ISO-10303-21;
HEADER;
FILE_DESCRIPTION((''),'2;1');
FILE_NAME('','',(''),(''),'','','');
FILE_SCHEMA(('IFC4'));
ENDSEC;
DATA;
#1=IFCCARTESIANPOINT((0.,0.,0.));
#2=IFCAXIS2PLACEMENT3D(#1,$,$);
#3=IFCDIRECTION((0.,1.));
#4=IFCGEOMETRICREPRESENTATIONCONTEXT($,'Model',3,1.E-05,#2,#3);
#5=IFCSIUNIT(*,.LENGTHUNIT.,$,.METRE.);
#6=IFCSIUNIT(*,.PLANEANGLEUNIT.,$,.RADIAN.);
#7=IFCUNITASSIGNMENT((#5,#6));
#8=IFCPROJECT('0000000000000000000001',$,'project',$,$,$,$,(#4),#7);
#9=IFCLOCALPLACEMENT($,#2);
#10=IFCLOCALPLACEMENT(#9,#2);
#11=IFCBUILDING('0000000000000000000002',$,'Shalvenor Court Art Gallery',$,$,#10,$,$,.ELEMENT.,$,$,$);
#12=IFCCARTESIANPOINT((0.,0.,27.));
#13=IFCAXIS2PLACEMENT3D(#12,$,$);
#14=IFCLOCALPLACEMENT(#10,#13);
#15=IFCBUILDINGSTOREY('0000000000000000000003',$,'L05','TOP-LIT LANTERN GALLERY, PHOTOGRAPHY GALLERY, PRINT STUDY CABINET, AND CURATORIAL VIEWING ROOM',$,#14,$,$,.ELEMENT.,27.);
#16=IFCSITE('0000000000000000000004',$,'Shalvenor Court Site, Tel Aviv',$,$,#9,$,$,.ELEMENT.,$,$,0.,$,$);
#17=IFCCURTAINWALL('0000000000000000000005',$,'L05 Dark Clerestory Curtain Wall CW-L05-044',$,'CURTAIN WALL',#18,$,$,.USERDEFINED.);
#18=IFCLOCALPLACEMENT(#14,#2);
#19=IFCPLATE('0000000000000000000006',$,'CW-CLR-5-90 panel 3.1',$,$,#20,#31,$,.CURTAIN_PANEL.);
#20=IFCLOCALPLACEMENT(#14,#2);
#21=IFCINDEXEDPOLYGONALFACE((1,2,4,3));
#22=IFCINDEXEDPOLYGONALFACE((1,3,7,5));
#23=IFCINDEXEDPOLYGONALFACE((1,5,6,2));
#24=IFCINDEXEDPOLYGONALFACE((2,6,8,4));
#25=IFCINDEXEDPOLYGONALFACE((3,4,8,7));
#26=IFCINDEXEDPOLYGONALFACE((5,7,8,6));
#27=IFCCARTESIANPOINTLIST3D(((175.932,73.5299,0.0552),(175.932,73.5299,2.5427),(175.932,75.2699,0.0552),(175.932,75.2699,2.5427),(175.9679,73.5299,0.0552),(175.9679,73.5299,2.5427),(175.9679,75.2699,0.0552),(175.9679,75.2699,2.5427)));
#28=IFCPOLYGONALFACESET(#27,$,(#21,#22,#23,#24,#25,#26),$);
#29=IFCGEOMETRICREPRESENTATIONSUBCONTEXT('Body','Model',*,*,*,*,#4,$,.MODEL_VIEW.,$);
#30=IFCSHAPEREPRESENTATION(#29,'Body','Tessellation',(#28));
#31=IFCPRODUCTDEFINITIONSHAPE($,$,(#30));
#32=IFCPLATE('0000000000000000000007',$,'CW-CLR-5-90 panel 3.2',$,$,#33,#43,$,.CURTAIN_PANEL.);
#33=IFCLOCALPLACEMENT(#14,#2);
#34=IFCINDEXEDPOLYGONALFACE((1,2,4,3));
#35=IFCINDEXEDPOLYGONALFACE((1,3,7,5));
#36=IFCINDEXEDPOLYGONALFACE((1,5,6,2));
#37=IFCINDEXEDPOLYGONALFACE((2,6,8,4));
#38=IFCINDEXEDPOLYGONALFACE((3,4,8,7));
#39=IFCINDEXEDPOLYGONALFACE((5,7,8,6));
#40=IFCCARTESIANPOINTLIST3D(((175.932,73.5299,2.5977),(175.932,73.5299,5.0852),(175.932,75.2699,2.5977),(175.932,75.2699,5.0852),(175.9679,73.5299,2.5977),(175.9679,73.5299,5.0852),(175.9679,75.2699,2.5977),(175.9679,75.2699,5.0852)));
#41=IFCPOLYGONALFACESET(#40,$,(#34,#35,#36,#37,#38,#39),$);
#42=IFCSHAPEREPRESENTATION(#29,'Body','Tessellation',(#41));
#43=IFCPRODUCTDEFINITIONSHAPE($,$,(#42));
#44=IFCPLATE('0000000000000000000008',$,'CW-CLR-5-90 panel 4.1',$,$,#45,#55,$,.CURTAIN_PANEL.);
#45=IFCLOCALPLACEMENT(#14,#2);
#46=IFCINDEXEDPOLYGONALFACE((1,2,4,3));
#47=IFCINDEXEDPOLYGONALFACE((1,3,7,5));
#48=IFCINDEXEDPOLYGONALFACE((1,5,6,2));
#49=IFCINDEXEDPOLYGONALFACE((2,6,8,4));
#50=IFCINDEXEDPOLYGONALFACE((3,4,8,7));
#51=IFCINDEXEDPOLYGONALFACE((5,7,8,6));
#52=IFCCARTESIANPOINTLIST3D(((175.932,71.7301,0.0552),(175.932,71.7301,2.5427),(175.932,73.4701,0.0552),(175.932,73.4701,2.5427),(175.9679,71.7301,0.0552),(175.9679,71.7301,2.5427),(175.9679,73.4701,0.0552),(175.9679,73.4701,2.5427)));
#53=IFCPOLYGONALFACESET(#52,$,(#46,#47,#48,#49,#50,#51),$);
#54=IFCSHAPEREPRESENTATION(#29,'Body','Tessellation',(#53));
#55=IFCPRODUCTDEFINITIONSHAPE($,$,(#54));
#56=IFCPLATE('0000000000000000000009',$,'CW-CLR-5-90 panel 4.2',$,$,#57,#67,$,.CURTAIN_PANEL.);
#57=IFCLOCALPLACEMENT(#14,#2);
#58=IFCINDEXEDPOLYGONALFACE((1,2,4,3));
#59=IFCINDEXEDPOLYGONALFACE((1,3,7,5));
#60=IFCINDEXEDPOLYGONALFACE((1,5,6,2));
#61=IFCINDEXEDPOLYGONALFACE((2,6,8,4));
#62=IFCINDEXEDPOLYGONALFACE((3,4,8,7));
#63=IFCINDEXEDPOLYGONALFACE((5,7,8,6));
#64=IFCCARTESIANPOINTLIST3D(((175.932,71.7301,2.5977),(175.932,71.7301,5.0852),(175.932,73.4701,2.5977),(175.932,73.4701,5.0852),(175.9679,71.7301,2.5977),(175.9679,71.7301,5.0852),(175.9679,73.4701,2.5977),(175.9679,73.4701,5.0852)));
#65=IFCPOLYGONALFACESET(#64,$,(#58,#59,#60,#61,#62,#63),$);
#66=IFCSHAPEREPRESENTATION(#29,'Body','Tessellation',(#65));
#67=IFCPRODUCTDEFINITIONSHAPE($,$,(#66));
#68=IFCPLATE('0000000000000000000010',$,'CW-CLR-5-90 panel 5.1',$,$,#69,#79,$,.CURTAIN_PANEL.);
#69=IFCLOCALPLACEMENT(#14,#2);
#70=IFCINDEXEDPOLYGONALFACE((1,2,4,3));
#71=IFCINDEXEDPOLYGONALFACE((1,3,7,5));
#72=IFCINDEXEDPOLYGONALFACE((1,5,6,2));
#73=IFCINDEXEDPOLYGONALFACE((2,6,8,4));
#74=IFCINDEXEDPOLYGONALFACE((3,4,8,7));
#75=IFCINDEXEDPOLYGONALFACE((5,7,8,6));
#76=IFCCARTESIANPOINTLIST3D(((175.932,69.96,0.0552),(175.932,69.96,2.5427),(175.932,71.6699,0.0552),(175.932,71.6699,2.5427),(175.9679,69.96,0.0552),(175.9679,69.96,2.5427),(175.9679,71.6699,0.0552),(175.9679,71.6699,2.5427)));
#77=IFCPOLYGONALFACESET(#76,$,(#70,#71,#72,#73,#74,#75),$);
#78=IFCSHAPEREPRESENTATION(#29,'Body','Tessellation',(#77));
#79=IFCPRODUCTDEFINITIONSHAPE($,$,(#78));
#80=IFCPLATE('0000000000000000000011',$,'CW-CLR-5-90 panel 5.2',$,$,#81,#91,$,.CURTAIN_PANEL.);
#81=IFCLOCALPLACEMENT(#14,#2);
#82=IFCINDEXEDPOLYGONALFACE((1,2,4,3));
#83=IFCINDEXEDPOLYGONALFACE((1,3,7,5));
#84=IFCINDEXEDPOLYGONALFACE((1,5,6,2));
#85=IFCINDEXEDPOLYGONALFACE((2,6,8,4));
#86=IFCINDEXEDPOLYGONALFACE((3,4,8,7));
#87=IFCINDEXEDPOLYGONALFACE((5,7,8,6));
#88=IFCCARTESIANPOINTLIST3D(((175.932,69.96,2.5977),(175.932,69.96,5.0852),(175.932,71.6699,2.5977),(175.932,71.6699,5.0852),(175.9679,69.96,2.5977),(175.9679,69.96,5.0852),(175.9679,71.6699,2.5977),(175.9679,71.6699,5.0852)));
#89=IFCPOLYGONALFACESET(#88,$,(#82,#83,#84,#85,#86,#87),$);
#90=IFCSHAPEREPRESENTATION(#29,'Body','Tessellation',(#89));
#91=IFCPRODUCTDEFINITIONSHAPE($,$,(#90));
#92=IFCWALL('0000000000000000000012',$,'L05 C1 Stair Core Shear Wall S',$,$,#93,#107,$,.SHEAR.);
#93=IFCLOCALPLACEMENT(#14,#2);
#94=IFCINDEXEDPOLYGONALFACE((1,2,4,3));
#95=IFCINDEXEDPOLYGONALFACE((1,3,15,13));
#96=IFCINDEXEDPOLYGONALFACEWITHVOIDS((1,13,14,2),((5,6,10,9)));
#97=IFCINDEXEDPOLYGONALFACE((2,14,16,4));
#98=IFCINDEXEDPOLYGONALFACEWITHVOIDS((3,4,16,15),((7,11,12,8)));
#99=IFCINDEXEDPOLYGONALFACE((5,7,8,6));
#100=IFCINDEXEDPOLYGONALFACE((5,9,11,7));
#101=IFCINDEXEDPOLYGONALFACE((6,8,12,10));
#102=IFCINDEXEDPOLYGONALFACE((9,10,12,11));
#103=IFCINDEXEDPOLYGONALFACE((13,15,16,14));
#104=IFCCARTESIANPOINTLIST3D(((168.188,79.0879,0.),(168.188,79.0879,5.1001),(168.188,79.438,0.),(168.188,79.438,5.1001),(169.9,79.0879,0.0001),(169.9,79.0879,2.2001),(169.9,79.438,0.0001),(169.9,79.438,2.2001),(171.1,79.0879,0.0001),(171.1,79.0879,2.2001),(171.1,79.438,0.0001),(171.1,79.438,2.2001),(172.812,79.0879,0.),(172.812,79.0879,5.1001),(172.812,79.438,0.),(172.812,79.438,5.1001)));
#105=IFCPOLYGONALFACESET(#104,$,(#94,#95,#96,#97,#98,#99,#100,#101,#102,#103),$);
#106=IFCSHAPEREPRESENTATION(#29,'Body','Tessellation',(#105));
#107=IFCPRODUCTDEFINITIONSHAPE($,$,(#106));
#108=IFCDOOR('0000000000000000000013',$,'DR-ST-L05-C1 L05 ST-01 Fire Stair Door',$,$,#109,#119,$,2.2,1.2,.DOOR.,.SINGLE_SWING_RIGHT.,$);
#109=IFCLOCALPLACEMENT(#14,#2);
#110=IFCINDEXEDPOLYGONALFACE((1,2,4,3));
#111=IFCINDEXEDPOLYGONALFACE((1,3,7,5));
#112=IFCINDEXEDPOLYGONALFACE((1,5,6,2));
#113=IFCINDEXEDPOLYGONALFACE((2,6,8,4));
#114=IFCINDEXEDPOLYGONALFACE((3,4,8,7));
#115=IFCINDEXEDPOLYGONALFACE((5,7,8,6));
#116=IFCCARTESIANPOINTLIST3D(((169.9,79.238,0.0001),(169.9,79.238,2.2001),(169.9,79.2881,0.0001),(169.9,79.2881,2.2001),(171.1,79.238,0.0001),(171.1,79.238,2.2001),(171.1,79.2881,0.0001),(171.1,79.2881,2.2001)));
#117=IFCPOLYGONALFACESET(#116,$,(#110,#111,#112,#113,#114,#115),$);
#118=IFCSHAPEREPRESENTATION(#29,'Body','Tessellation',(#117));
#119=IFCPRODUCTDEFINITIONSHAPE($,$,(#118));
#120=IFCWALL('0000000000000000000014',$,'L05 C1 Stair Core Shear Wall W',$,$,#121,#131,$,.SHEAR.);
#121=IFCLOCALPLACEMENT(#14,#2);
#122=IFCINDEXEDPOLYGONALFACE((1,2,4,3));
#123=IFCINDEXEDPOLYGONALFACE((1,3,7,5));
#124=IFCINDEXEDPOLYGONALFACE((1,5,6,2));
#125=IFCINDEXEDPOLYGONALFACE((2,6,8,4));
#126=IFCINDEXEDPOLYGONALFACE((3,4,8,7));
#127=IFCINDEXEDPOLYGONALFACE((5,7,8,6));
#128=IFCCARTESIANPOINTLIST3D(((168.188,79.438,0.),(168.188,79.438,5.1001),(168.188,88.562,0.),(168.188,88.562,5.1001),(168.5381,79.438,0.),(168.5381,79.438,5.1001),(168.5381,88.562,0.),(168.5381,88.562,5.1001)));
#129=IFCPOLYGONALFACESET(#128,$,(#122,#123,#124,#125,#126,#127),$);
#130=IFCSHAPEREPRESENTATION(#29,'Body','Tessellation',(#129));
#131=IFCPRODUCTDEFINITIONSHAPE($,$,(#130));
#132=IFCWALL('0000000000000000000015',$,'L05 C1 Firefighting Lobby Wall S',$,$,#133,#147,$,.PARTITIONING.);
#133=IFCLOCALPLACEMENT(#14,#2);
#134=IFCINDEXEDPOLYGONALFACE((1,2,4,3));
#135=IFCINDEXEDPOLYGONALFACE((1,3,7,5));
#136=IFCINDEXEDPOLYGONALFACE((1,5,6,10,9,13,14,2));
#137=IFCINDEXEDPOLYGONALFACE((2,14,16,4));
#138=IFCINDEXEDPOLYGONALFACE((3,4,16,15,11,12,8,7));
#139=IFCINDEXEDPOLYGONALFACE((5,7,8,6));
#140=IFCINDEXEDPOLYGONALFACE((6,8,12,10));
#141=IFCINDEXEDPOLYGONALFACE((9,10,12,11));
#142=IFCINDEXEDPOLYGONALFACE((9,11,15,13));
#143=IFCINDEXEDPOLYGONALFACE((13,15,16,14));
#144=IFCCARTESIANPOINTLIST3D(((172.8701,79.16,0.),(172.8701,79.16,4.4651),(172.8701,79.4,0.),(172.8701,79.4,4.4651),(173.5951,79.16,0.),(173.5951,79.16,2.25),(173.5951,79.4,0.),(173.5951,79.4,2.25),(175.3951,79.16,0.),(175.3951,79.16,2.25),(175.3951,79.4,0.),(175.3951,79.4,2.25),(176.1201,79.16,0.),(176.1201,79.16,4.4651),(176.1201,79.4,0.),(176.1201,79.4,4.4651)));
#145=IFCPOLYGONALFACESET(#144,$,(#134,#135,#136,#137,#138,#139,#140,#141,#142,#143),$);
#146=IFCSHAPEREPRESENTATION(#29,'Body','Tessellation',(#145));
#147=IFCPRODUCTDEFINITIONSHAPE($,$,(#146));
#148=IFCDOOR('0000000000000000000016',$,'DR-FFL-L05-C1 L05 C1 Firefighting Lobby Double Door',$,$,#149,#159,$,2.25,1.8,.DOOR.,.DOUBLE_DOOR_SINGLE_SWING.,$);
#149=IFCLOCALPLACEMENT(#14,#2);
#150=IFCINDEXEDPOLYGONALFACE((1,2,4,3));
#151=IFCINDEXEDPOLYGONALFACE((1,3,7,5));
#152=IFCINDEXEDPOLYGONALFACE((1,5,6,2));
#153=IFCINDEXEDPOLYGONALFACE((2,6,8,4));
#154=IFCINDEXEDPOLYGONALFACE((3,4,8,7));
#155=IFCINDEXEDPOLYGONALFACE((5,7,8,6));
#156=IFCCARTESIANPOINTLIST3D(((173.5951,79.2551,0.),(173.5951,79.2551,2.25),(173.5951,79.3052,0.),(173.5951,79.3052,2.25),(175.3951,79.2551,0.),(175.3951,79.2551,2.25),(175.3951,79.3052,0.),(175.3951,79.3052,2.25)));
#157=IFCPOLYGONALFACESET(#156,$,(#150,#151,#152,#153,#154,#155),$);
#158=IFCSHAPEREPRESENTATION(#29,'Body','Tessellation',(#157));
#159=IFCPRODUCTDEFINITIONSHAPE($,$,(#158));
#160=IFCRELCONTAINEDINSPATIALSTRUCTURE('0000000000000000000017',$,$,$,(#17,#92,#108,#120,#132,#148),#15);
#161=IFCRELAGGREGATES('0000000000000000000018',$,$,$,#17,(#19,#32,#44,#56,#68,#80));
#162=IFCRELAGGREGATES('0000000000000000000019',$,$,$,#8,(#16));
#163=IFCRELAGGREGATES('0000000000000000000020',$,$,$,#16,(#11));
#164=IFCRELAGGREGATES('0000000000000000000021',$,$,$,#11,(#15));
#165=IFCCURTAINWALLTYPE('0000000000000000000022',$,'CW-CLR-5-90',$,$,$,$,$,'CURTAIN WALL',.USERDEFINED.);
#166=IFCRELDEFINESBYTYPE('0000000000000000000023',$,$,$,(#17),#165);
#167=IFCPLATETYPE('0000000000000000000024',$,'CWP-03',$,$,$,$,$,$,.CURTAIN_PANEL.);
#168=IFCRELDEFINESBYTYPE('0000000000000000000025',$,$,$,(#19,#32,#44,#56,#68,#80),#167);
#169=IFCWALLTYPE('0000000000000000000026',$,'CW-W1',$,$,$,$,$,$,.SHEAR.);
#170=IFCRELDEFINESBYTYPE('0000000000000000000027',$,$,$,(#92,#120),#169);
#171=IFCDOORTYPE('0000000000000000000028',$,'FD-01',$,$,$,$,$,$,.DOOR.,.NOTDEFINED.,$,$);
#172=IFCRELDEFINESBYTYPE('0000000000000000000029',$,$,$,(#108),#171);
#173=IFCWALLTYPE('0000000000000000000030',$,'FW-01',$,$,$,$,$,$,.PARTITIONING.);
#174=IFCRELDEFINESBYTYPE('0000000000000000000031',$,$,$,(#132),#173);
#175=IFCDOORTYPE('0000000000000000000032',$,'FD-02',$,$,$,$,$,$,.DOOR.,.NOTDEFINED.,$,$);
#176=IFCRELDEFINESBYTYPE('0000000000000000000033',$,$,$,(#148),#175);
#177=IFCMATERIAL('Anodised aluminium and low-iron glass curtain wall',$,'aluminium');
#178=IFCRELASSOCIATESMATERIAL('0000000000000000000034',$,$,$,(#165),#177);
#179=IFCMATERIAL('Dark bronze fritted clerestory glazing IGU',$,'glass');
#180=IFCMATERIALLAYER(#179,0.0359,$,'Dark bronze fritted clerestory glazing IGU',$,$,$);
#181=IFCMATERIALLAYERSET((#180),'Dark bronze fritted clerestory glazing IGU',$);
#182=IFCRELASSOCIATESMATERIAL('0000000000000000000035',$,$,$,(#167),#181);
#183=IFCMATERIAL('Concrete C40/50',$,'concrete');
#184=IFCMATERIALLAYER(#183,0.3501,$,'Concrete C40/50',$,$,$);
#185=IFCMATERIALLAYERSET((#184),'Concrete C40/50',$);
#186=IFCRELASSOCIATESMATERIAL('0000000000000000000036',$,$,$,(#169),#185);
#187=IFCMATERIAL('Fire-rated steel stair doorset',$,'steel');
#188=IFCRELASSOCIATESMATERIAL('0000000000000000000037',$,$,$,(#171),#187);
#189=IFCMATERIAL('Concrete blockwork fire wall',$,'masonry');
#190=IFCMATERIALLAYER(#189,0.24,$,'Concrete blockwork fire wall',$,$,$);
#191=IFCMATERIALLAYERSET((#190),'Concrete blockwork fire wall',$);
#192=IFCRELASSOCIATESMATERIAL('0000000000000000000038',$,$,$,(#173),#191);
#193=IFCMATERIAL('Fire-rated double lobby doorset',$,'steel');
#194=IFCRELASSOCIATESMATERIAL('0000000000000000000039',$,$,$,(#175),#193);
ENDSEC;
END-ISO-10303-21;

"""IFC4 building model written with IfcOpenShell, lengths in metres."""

from ifc_helpers import new_model, si_unit, direction, frame, frame_2d, origin, origin_2d, place, context, subcontext, project, spatial, rectangle, extrude, material, layer, layer_set, type_object, element, fill, aggregate, save


model = new_model("IFC4")

# Units and contexts
model_context = context("Model", 3, precision=1e-05, world=origin(), true_north=direction((0.0, 1.0)))
body_context = subcontext(model_context, "Body", "Model", "MODEL_VIEW")
ifc_project = project(units=[si_unit("LENGTHUNIT", "METRE"), si_unit("PLANEANGLEUNIT", "RADIAN")], contexts=[model_context])

# Site, building, storey
site_placement = place(None, origin())
site = spatial("IfcSite", under=ifc_project, at=site_placement, Name="Shalvenor Court Site, Tel Aviv", CompositionType="ELEMENT", RefElevation=0.0)
building_placement = place(site_placement, origin())
building = spatial("IfcBuilding", under=site, at=building_placement, Name="Shalvenor Court Art Gallery", CompositionType="ELEMENT")
storey_placement = place(building_placement, frame((0.0, 0.0, 27.0)))
storey = spatial("IfcBuildingStorey", under=building, at=storey_placement, Name="L05", Description="TOP-LIT LANTERN GALLERY, PHOTOGRAPHY GALLERY, PRINT STUDY CABINET, AND CURATORIAL VIEWING ROOM", CompositionType="ELEMENT", Elevation=27.0)

# Curtain wall, plates
ifc_material_1 = material(Name="Anodised aluminium and low-iron glass curtain wall", Category="aluminium")
curtain_wall_type = type_object("IfcCurtainWallType", Name="CW-CLR-5-90", ElementType="CURTAIN WALL", PredefinedType="USERDEFINED", material=ifc_material_1)
curtain_wall_placement = place(storey_placement, origin())
curtain_wall = element("IfcCurtainWall", 1, at=curtain_wall_placement, inside=storey, type_object=curtain_wall_type, Name="L05 Dark Clerestory Curtain Wall CW-L05-044", ObjectType="CURTAIN WALL", PredefinedType="USERDEFINED")
ifc_material_2 = material(Name="Dark bronze fritted clerestory glazing IGU", Category="glass")
ifc_layer_1 = layer(ifc_material_2, 0.0359, Name="Dark bronze fritted clerestory glazing IGU")
ifc_layer_set_1 = layer_set([ifc_layer_1], Name="Dark bronze fritted clerestory glazing IGU")
plate_type = type_object("IfcPlateType", Name="CWP-03", PredefinedType="CURTAIN_PANEL", material=ifc_layer_set_1)
plate_1_placement = place(storey_placement, frame((175.95, 74.3999, 0.0552), z_axis=(0.0, 0.0, 1.0), x_axis=(0.0, -1.0, 0.0)))
plate_1 = element("IfcPlate", 2, at=plate_1_placement, type_object=plate_type, Name="CW-CLR-5-90 panel 3.1", PredefinedType="CURTAIN_PANEL", context=body_context, shape_type="SweptSolid", body=[
    extrude(rectangle(XDim=1.74, YDim=0.0359, at=origin_2d()), origin(), (0.0, 0.0, 1.0), 2.4875),
])
plate_2_placement = place(storey_placement, frame((175.95, 74.3999, 2.5977), z_axis=(0.0, 0.0, 1.0), x_axis=(0.0, -1.0, 0.0)))
plate_2 = element("IfcPlate", 3, at=plate_2_placement, type_object=plate_type, Name="CW-CLR-5-90 panel 3.2", PredefinedType="CURTAIN_PANEL", context=body_context, shape_type="SweptSolid", body=[
    extrude(rectangle(XDim=1.74, YDim=0.0359, at=origin_2d()), origin(), (0.0, 0.0, 1.0), 2.4875),
])
plate_3_placement = place(storey_placement, frame((175.95, 72.6001, 0.0552), z_axis=(0.0, 0.0, 1.0), x_axis=(0.0, -1.0, 0.0)))
plate_3 = element("IfcPlate", 4, at=plate_3_placement, type_object=plate_type, Name="CW-CLR-5-90 panel 4.1", PredefinedType="CURTAIN_PANEL", context=body_context, shape_type="SweptSolid", body=[
    extrude(rectangle(XDim=1.74, YDim=0.0359, at=origin_2d()), origin(), (0.0, 0.0, 1.0), 2.4875),
])
plate_4_placement = place(storey_placement, frame((175.95, 72.6001, 2.5977), z_axis=(0.0, 0.0, 1.0), x_axis=(0.0, -1.0, 0.0)))
plate_4 = element("IfcPlate", 5, at=plate_4_placement, type_object=plate_type, Name="CW-CLR-5-90 panel 4.2", PredefinedType="CURTAIN_PANEL", context=body_context, shape_type="SweptSolid", body=[
    extrude(rectangle(XDim=1.74, YDim=0.0359, at=origin_2d()), origin(), (0.0, 0.0, 1.0), 2.4875),
])
plate_5_placement = place(storey_placement, frame((175.95, 70.8149, 0.0552), z_axis=(0.0, 0.0, 1.0), x_axis=(0.0, -1.0, 0.0)))
plate_5 = element("IfcPlate", 6, at=plate_5_placement, type_object=plate_type, Name="CW-CLR-5-90 panel 5.1", PredefinedType="CURTAIN_PANEL", context=body_context, shape_type="SweptSolid", body=[
    extrude(rectangle(XDim=1.71, YDim=0.0359, at=origin_2d()), origin(), (0.0, 0.0, 1.0), 2.4875),
])
plate_6_placement = place(storey_placement, frame((175.95, 70.8149, 2.5977), z_axis=(0.0, 0.0, 1.0), x_axis=(0.0, -1.0, 0.0)))
plate_6 = element("IfcPlate", 7, at=plate_6_placement, type_object=plate_type, Name="CW-CLR-5-90 panel 5.2", PredefinedType="CURTAIN_PANEL", context=body_context, shape_type="SweptSolid", body=[
    extrude(rectangle(XDim=1.71, YDim=0.0359, at=origin_2d()), origin(), (0.0, 0.0, 1.0), 2.4875),
])
aggregate(curtain_wall, [plate_1, plate_2, plate_3, plate_4, plate_5, plate_6])

# Wall, opening, door
ifc_material_3 = material(Name="Concrete C40/50", Category="concrete")
ifc_layer_2 = layer(ifc_material_3, 0.3501, Name="Concrete C40/50")
ifc_layer_set_2 = layer_set([ifc_layer_2], Name="Concrete C40/50")
wall_type_1 = type_object("IfcWallType", Name="CW-W1", PredefinedType="SHEAR", material=ifc_layer_set_2)
wall_1_placement = place(storey_placement, frame((172.812, 79.2629, 0.0), z_axis=(0.0, 0.0, 1.0), x_axis=(-1.0, 0.0, 0.0)))
wall_1 = element("IfcWall", 8, at=wall_1_placement, inside=storey, type_object=wall_type_1, Name="L05 C1 Stair Core Shear Wall S", PredefinedType="SHEAR", context=body_context, shape_type="SweptSolid", body=[
    extrude(rectangle(XDim=4.624, YDim=0.3501, at=frame_2d((2.312, 0.0))), origin(), (0.0, 0.0, 1.0), 5.1001),
])
opening_1_placement = place(wall_1_placement, frame((1.7119, 0.0, 0.0)))
opening_1 = element("IfcOpeningElement", 9, at=opening_1_placement, cuts=wall_1, PredefinedType="OPENING", context=body_context, shape_type="SweptSolid", body=[
    extrude(rectangle(XDim=1.2, YDim=2.2, at=frame_2d((0.6001, 1.1001))), frame((0.0, 0.1851, 0.0), z_axis=(0.0, -1.0, 0.0), x_axis=(1.0, 0.0, 0.0)), (0.0, 0.0, 1.0), 0.3701),
])
ifc_material_4 = material(Name="Fire-rated steel stair doorset", Category="steel")
door_type_1 = type_object("IfcDoorType", Name="FD-01", OperationType="NOTDEFINED", PredefinedType="DOOR", material=ifc_material_4)
door_1_placement = place(opening_1_placement, origin())
door_1 = element("IfcDoor", 10, at=door_1_placement, inside=storey, type_object=door_type_1, Name="DR-ST-L05-C1 L05 ST-01 Fire Stair Door", OperationType="SINGLE_SWING_RIGHT", OverallHeight=2.2, OverallWidth=1.2, PredefinedType="DOOR", context=body_context, shape_type="SweptSolid", body=[
    extrude(rectangle(XDim=1.2, YDim=2.2, at=frame_2d((0.6001, 1.1001))), frame((0.0, 0.0249, 0.0), z_axis=(0.0, -1.0, 0.0), x_axis=(1.0, 0.0, 0.0)), (0.0, 0.0, 1.0), 0.05),
])
fill(opening_1, door_1)

# Wall
wall_2_placement = place(storey_placement, frame((168.363, 79.438, 0.0), z_axis=(0.0, 0.0, 1.0), x_axis=(0.0, 1.0, 0.0)))
element("IfcWall", 11, at=wall_2_placement, inside=storey, type_object=wall_type_1, Name="L05 C1 Stair Core Shear Wall W", PredefinedType="SHEAR", context=body_context, shape_type="SweptSolid", body=[
    extrude(rectangle(XDim=9.124, YDim=0.3501, at=frame_2d((4.562, 0.0))), origin(), (0.0, 0.0, 1.0), 5.1001),
])

# Wall, opening, door
ifc_material_5 = material(Name="Concrete blockwork fire wall", Category="masonry")
ifc_layer_3 = layer(ifc_material_5, 0.24, Name="Concrete blockwork fire wall")
ifc_layer_set_3 = layer_set([ifc_layer_3], Name="Concrete blockwork fire wall")
wall_type_2 = type_object("IfcWallType", Name="FW-01", PredefinedType="PARTITIONING", material=ifc_layer_set_3)
wall_3_placement = place(storey_placement, frame((176.1201, 79.28, 0.0), z_axis=(0.0, 0.0, 1.0), x_axis=(-1.0, 0.0, 0.0)))
wall_3 = element("IfcWall", 12, at=wall_3_placement, inside=storey, type_object=wall_type_2, Name="L05 C1 Firefighting Lobby Wall S", PredefinedType="PARTITIONING", context=body_context, shape_type="SweptSolid", body=[
    extrude(rectangle(XDim=3.25, YDim=0.24, at=frame_2d((1.625, 0.0))), origin(), (0.0, 0.0, 1.0), 4.4651),
])
opening_2_placement = place(wall_3_placement, frame((0.7251, 0.0, 0.0)))
opening_2 = element("IfcOpeningElement", 13, at=opening_2_placement, cuts=wall_3, PredefinedType="OPENING", context=body_context, shape_type="SweptSolid", body=[
    extrude(rectangle(XDim=1.8, YDim=2.25, at=frame_2d((0.8999, 1.125))), frame((0.0, 0.1299, 0.0), z_axis=(0.0, -1.0, 0.0), x_axis=(1.0, 0.0, 0.0)), (0.0, 0.0, 1.0), 0.26),
])
ifc_material_6 = material(Name="Fire-rated double lobby doorset", Category="steel")
door_type_2 = type_object("IfcDoorType", Name="FD-02", OperationType="NOTDEFINED", PredefinedType="DOOR", material=ifc_material_6)
door_2_placement = place(opening_2_placement, origin())
door_2 = element("IfcDoor", 14, at=door_2_placement, inside=storey, type_object=door_type_2, Name="DR-FFL-L05-C1 L05 C1 Firefighting Lobby Double Door", OperationType="DOUBLE_DOOR_SINGLE_SWING", OverallHeight=2.25, OverallWidth=1.8, PredefinedType="DOOR", context=body_context, shape_type="SweptSolid", body=[
    extrude(rectangle(XDim=1.8, YDim=2.25, at=frame_2d((0.8999, 1.125))), frame((0.0, 0.0249, 0.0), z_axis=(0.0, -1.0, 0.0), x_axis=(1.0, 0.0, 0.0)), (0.0, 0.0, 1.0), 0.05),
])
fill(opening_2, door_2)

save(model, "model.ifc")
